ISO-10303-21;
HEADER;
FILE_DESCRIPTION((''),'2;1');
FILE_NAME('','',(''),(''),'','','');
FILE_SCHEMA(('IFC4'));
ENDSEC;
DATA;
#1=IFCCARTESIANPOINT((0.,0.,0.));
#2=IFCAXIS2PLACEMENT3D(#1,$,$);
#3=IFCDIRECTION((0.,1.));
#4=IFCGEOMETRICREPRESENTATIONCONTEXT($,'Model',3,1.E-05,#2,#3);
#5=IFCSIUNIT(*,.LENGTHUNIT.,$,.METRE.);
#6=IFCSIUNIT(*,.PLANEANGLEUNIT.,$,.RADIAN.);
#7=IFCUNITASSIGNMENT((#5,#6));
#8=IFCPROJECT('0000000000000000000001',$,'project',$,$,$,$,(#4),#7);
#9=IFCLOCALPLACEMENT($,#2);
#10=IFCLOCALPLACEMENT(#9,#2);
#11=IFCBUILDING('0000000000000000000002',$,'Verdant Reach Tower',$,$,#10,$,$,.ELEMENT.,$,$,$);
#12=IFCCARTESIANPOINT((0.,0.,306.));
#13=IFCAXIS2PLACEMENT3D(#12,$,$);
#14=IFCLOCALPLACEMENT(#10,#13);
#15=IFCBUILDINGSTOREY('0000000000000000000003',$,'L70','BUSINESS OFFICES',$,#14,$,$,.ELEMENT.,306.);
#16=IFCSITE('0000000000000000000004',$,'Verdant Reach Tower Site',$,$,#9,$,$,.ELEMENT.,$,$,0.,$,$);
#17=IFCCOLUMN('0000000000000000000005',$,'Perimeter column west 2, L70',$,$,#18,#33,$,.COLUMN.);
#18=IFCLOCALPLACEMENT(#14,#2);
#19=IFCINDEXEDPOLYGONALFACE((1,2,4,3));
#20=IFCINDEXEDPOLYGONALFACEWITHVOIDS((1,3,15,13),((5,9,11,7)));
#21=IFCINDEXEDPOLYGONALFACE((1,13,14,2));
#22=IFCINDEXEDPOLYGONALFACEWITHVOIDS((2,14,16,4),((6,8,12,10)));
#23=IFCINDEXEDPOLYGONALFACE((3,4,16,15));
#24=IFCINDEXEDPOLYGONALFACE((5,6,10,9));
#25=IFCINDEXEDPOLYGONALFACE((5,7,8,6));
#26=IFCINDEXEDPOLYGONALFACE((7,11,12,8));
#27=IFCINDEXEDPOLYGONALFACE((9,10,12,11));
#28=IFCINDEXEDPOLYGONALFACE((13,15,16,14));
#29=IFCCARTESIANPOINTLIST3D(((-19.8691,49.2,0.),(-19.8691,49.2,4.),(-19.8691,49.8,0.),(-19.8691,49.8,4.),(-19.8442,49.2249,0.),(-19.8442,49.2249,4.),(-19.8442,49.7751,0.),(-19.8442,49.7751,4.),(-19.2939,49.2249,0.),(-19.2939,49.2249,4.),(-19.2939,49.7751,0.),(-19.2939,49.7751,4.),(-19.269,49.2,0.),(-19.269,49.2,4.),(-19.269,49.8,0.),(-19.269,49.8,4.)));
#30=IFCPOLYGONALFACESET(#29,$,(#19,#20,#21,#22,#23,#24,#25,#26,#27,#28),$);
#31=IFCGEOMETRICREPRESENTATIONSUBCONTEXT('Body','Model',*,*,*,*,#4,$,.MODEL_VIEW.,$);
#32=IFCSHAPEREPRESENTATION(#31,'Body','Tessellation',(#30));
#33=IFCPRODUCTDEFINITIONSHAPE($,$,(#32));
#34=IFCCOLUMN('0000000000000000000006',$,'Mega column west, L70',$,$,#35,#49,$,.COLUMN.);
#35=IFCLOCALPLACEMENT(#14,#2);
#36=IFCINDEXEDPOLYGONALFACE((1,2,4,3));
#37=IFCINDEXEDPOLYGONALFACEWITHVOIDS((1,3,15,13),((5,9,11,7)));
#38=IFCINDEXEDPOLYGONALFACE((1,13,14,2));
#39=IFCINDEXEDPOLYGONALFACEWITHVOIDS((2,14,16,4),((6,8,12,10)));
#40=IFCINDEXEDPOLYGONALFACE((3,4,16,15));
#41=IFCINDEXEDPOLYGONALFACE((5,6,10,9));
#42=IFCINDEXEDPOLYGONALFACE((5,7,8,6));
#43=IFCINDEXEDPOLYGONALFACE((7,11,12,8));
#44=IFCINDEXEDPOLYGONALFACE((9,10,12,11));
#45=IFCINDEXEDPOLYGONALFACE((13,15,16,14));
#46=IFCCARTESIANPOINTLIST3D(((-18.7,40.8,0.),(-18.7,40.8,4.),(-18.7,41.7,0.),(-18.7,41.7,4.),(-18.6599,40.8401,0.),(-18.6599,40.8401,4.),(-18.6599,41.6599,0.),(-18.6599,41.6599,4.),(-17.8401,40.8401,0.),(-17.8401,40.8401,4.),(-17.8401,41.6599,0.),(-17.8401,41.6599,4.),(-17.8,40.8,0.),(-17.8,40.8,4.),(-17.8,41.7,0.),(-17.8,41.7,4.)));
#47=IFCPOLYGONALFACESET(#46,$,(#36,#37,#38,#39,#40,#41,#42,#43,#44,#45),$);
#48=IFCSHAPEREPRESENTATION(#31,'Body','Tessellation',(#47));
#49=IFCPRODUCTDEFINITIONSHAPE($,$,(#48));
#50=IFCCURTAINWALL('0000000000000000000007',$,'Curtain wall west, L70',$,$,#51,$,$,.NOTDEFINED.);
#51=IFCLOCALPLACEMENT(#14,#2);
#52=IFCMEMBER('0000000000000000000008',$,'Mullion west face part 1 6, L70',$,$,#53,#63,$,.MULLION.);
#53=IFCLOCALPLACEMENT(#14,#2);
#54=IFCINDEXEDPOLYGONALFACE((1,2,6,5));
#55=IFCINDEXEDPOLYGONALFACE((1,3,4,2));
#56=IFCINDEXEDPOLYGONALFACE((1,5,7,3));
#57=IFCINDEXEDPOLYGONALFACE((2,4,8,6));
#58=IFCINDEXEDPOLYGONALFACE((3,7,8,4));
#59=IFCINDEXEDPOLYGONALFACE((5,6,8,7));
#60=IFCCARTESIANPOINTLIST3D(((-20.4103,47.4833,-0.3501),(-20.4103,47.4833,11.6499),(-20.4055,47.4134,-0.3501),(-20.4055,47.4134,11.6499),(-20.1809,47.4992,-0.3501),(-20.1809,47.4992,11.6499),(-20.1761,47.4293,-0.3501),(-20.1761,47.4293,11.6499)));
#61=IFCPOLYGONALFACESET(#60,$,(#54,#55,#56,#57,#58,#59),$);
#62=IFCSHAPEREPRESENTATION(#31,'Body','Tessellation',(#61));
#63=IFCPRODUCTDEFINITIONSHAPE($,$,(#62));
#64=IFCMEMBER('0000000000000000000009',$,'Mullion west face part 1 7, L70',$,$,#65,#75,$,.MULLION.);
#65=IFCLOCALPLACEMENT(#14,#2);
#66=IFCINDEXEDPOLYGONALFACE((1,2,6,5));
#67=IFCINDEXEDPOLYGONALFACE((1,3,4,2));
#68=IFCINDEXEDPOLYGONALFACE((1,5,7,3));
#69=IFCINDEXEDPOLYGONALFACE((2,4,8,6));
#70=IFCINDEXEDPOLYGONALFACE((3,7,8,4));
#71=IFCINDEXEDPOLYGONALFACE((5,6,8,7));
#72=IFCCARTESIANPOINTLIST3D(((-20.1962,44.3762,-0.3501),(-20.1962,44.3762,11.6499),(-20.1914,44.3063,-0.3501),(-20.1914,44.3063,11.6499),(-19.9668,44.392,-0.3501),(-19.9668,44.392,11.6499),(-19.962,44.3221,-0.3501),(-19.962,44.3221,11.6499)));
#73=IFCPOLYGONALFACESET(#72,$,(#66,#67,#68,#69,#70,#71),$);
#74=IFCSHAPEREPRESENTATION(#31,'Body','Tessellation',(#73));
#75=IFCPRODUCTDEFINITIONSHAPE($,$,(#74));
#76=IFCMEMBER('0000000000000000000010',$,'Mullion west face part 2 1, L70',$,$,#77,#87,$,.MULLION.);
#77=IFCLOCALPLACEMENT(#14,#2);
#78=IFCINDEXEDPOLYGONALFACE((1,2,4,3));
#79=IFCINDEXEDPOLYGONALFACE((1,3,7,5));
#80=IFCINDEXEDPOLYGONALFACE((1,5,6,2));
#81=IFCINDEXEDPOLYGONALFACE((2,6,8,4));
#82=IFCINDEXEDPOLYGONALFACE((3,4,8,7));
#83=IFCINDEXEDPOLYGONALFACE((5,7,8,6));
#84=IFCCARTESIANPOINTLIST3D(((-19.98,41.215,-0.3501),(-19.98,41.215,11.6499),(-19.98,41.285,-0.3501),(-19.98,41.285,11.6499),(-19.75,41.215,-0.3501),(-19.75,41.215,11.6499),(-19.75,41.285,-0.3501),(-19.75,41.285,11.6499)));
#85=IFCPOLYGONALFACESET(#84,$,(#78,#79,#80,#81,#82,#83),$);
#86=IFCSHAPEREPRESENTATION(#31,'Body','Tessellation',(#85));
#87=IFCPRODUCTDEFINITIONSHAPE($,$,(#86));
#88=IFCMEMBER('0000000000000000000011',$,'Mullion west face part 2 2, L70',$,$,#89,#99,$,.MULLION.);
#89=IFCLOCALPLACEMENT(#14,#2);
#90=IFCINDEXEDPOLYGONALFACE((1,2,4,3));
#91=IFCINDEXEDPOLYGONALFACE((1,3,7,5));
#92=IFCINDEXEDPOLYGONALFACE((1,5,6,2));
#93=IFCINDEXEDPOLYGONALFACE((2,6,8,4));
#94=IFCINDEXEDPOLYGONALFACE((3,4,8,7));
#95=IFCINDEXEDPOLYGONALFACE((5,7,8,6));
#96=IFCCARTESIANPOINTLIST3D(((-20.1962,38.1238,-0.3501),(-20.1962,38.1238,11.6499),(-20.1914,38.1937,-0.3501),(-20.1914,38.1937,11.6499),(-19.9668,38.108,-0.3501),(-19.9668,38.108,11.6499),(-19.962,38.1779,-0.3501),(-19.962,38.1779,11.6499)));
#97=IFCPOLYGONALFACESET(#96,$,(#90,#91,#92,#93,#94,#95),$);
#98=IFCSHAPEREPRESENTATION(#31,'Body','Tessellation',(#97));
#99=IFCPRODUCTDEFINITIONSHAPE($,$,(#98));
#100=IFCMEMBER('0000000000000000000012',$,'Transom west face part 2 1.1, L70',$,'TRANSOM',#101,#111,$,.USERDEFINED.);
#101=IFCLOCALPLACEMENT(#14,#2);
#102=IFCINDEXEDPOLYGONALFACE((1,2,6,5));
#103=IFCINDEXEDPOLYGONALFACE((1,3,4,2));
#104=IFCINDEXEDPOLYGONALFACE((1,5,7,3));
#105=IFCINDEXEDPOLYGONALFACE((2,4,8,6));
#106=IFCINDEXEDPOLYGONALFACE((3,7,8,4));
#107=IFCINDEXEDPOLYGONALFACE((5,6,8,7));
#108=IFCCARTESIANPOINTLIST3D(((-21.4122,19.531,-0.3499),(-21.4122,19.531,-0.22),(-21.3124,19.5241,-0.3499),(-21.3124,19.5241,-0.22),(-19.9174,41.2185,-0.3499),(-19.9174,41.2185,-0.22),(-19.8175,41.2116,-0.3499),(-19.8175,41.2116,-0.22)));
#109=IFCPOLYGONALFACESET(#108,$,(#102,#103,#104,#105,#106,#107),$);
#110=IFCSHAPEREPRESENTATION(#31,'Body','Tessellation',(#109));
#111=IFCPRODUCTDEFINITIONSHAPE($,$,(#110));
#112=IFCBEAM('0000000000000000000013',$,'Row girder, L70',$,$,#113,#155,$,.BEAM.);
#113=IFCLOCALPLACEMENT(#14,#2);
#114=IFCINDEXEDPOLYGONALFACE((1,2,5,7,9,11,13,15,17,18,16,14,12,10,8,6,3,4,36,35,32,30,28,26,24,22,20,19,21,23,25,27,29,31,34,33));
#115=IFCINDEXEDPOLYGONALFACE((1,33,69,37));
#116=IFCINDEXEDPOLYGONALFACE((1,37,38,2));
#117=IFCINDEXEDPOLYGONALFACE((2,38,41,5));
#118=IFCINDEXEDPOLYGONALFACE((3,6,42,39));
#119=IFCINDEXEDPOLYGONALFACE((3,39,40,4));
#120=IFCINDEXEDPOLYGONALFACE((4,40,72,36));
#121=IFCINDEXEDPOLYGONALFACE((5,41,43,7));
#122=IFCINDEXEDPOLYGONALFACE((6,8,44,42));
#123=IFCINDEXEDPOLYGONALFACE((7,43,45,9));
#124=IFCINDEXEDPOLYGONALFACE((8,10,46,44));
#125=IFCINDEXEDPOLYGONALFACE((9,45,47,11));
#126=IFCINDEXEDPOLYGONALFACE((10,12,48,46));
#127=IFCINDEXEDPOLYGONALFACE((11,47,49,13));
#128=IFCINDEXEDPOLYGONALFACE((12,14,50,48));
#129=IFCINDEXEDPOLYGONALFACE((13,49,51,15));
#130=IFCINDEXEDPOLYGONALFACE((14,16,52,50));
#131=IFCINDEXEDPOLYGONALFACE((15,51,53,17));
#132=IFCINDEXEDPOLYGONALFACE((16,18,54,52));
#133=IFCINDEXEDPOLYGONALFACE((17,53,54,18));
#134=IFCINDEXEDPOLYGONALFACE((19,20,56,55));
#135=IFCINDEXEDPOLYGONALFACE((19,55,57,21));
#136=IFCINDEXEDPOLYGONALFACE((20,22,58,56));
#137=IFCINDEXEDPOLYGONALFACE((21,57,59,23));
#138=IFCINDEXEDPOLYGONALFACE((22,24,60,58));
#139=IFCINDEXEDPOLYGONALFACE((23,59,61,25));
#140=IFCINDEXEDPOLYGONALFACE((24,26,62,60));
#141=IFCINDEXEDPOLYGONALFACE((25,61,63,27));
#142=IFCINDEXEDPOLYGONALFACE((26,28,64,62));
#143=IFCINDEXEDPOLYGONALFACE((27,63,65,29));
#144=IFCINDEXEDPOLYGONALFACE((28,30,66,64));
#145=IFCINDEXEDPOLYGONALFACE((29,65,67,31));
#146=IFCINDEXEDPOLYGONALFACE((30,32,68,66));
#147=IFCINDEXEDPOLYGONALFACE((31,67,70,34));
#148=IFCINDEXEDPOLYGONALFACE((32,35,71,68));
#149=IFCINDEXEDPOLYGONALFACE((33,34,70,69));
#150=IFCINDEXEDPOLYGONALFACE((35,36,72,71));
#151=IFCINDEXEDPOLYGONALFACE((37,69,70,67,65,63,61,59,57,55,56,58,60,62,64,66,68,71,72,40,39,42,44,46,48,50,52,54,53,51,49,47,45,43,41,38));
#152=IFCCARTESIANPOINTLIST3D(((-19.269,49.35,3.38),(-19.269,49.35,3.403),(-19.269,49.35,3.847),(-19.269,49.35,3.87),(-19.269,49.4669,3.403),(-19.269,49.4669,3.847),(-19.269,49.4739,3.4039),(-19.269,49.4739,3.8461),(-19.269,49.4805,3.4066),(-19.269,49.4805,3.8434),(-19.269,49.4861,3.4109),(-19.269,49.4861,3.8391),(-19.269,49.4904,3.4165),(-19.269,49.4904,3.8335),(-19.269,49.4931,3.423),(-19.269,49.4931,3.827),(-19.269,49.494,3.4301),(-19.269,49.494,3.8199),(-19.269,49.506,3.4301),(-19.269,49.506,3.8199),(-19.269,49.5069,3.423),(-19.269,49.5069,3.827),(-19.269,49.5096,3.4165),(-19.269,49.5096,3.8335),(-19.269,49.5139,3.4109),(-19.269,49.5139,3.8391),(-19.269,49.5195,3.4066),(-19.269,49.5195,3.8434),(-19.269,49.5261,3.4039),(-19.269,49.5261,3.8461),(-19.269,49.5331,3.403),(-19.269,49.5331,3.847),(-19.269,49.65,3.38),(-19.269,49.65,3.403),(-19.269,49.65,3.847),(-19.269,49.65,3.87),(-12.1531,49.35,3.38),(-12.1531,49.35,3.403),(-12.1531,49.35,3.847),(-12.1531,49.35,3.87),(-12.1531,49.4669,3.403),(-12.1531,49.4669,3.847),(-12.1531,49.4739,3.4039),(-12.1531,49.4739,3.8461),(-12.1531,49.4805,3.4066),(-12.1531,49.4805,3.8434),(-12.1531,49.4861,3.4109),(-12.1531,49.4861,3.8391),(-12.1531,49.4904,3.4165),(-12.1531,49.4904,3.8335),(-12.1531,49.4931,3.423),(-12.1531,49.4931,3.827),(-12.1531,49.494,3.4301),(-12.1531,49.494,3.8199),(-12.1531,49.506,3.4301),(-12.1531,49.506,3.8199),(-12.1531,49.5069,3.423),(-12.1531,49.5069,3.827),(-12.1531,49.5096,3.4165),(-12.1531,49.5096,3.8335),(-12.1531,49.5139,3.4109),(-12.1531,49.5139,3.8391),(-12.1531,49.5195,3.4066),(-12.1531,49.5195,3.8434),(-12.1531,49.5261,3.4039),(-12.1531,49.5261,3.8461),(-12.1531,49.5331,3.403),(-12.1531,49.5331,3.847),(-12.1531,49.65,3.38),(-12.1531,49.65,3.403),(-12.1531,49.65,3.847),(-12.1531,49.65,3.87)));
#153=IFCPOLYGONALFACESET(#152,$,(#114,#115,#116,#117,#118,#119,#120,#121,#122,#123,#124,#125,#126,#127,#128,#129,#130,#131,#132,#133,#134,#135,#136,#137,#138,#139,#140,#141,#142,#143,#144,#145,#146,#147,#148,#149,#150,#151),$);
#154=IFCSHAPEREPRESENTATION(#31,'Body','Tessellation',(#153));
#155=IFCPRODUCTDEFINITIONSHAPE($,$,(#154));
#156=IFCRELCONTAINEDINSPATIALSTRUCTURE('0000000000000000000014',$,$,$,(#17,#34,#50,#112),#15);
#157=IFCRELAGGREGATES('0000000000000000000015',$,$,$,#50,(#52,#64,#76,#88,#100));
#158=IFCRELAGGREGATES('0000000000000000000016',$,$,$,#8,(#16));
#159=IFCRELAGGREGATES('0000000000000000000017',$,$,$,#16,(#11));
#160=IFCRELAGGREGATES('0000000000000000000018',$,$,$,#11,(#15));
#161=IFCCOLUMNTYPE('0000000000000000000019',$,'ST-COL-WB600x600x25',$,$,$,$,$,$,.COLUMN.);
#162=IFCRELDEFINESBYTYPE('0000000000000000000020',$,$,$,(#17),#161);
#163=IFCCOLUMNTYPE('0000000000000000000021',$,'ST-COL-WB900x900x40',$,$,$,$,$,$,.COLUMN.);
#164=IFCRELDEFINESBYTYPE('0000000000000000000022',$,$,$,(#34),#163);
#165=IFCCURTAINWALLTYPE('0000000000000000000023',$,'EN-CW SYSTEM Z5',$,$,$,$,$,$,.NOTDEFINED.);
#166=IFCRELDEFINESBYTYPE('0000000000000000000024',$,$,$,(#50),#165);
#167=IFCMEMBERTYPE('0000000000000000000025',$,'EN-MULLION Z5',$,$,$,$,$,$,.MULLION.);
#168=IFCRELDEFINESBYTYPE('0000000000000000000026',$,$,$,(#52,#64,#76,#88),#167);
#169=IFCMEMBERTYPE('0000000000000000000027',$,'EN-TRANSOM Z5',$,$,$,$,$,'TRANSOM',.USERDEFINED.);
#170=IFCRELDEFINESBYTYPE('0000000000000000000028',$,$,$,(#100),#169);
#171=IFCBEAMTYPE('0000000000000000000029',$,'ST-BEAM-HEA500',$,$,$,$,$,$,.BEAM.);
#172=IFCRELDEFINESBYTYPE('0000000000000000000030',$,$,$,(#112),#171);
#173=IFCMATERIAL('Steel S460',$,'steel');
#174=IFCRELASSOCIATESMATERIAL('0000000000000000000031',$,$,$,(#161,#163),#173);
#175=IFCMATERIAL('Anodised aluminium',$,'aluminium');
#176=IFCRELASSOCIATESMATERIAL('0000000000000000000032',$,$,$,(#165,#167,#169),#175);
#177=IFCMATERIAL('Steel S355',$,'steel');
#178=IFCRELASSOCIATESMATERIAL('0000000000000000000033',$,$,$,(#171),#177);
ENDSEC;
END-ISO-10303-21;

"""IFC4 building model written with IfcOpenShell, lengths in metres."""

from ifc_helpers import new_model, si_unit, direction, frame, origin, origin_2d, place, context, subcontext, project, spatial, rectangle, hollow_rectangle, i_section, extrude, material, material_profile, profile_set, type_object, element, aggregate, save


model = new_model("IFC4")

# Units and contexts
model_context = context("Model", 3, precision=1e-05, world=origin(), true_north=direction((0.0, 1.0)))
body_context = subcontext(model_context, "Body", "Model", "MODEL_VIEW")
ifc_project = project(units=[si_unit("LENGTHUNIT", "METRE"), si_unit("PLANEANGLEUNIT", "RADIAN")], contexts=[model_context])

# Site, building, storey
site_placement = place(None, origin())
site = spatial("IfcSite", under=ifc_project, at=site_placement, Name="Verdant Reach Tower Site", CompositionType="ELEMENT", RefElevation=0.0)
building_placement = place(site_placement, origin())
building = spatial("IfcBuilding", under=site, at=building_placement, Name="Verdant Reach Tower", CompositionType="ELEMENT")
storey_placement = place(building_placement, frame((0.0, 0.0, 306.0)))
storey = spatial("IfcBuildingStorey", under=building, at=storey_placement, Name="L70", Description="BUSINESS OFFICES", CompositionType="ELEMENT", Elevation=306.0)

# Columns
ifc_material_1 = material(Name="Steel S460", Category="steel")
ifc_material_profile_1 = material_profile(ifc_material_1, hollow_rectangle(XDim=0.6001, YDim=0.6001, WallThickness=0.0249, at=origin_2d()), Name="WB 600x600x25")
ifc_profile_set_1 = profile_set([ifc_material_profile_1], Name="Steel S460")
column_type_1 = type_object("IfcColumnType", Name="ST-COL-WB600x600x25", PredefinedType="COLUMN", material=ifc_profile_set_1)
column_1_placement = place(storey_placement, frame((-19.5691, 49.5, 0.0), z_axis=(0.0, 0.0, 1.0), x_axis=(1.0, 0.0, 0.0)))
element("IfcColumn", 1, at=column_1_placement, inside=storey, type_object=column_type_1, Name="Perimeter column west 2, L70", PredefinedType="COLUMN", context=body_context, shape_type="SweptSolid", body=[
    extrude(hollow_rectangle(XDim=0.6001, YDim=0.6001, WallThickness=0.0249, at=origin_2d()), origin(), (0.0, 0.0, 1.0), 4.0),
])
ifc_material_profile_2 = material_profile(ifc_material_1, hollow_rectangle(XDim=0.8999, YDim=0.8999, WallThickness=0.04, at=origin_2d()), Name="WB 900x900x40")
ifc_profile_set_2 = profile_set([ifc_material_profile_2], Name="Steel S460")
column_type_2 = type_object("IfcColumnType", Name="ST-COL-WB900x900x40", PredefinedType="COLUMN", material=ifc_profile_set_2)
column_2_placement = place(storey_placement, frame((-18.25, 41.25, 0.0), z_axis=(0.0, 0.0, 1.0), x_axis=(1.0, 0.0, 0.0)))
element("IfcColumn", 2, at=column_2_placement, inside=storey, type_object=column_type_2, Name="Mega column west, L70", PredefinedType="COLUMN", context=body_context, shape_type="SweptSolid", body=[
    extrude(hollow_rectangle(XDim=0.8999, YDim=0.8999, WallThickness=0.04, at=origin_2d()), origin(), (0.0, 0.0, 1.0), 4.0),
])

# Curtain wall, members
ifc_material_2 = material(Name="Anodised aluminium", Category="aluminium")
curtain_wall_type = type_object("IfcCurtainWallType", Name="EN-CW SYSTEM Z5", PredefinedType="NOTDEFINED", material=ifc_material_2)
curtain_wall_placement = place(storey_placement, origin())
curtain_wall = element("IfcCurtainWall", 3, at=curtain_wall_placement, inside=storey, type_object=curtain_wall_type, Name="Curtain wall west, L70", PredefinedType="NOTDEFINED")
ifc_material_profile_3 = material_profile(ifc_material_2, rectangle(XDim=0.23, YDim=0.0701, at=origin_2d()), Name="Mullion 70x230")
ifc_profile_set_3 = profile_set([ifc_material_profile_3], Name="Anodised aluminium")
member_type_1 = type_object("IfcMemberType", Name="EN-MULLION Z5", PredefinedType="MULLION", material=ifc_profile_set_3)
member_1_placement = place(storey_placement, frame((-20.2932, 47.4563, -0.3501), z_axis=(0.0, 0.0, 1.0), x_axis=(-0.99763, -0.068802, 0.0)))
member_1 = element("IfcMember", 4, at=member_1_placement, type_object=member_type_1, Name="Mullion west face part 1 6, L70", PredefinedType="MULLION", context=body_context, shape_type="SweptSolid", body=[
    extrude(rectangle(XDim=0.23, YDim=0.0701, at=origin_2d()), origin(), (0.0, 0.0, 1.0), 12.0),
])
member_2_placement = place(storey_placement, frame((-20.0791, 44.3491, -0.3501), z_axis=(0.0, 0.0, 1.0), x_axis=(-0.99763, -0.068802, 0.0)))
member_2 = element("IfcMember", 5, at=member_2_placement, type_object=member_type_1, Name="Mullion west face part 1 7, L70", PredefinedType="MULLION", context=body_context, shape_type="SweptSolid", body=[
    extrude(rectangle(XDim=0.23, YDim=0.0701, at=origin_2d()), origin(), (0.0, 0.0, 1.0), 12.0),
])
member_3_placement = place(storey_placement, frame((-19.865, 41.25, -0.3501), z_axis=(0.0, 0.0, 1.0), x_axis=(-1.0, 0.0, 0.0)))
member_3 = element("IfcMember", 6, at=member_3_placement, type_object=member_type_1, Name="Mullion west face part 2 1, L70", PredefinedType="MULLION", context=body_context, shape_type="SweptSolid", body=[
    extrude(rectangle(XDim=0.23, YDim=0.0701, at=origin_2d()), origin(), (0.0, 0.0, 1.0), 12.0),
])
member_4_placement = place(storey_placement, frame((-20.0791, 38.1509, -0.3501), z_axis=(0.0, 0.0, 1.0), x_axis=(-0.99763, 0.068802, 0.0)))
member_4 = element("IfcMember", 7, at=member_4_placement, type_object=member_type_1, Name="Mullion west face part 2 2, L70", PredefinedType="MULLION", context=body_context, shape_type="SweptSolid", body=[
    extrude(rectangle(XDim=0.23, YDim=0.0701, at=origin_2d()), origin(), (0.0, 0.0, 1.0), 12.0),
])
ifc_material_profile_4 = material_profile(ifc_material_2, rectangle(XDim=0.1001, YDim=0.1299, at=origin_2d()), Name="Transom 130x100")
ifc_profile_set_4 = profile_set([ifc_material_profile_4], Name="Anodised aluminium")
member_type_2 = type_object("IfcMemberType", Name="EN-TRANSOM Z5", ElementType="TRANSOM", PredefinedType="USERDEFINED", material=ifc_profile_set_4)
member_5_placement = place(storey_placement, frame((-19.8674, 41.2151, -0.2849), z_axis=(-0.068765, -0.997633, 0.0), x_axis=(0.997633, -0.068765, 0.0)))
member_5 = element("IfcMember", 8, at=member_5_placement, type_object=member_type_2, Name="Transom west face part 2 1.1, L70", ObjectType="TRANSOM", PredefinedType="USERDEFINED", context=body_context, shape_type="SweptSolid", body=[
    extrude(rectangle(XDim=0.1001, YDim=0.1299, at=origin_2d()), origin(), (0.0, 0.0, 1.0), 21.739),
])

# Beam
ifc_material_3 = material(Name="Steel S355", Category="steel")
ifc_material_profile_5 = material_profile(ifc_material_3, i_section(OverallWidth=0.3, OverallDepth=0.49, WebThickness=0.012, FlangeThickness=0.0229, FilletRadius=0.0271, at=origin_2d()), Name="HEA 500")
ifc_profile_set_5 = profile_set([ifc_material_profile_5], Name="Steel S355")
beam_type_1 = type_object("IfcBeamType", Name="ST-BEAM-HEA500", PredefinedType="BEAM", material=ifc_profile_set_5)
beam_1_placement = place(storey_placement, frame((-19.269, 49.5, 3.625), z_axis=(1.0, 0.0, 0.0), x_axis=(0.0, 1.0, 0.0)))
element("IfcBeam", 9, at=beam_1_placement, inside=storey, type_object=beam_type_1, Name="Row girder, L70", PredefinedType="BEAM", context=body_context, shape_type="SweptSolid", body=[
    extrude(i_section(OverallWidth=0.3, OverallDepth=0.49, WebThickness=0.012, FlangeThickness=0.0229, FilletRadius=0.0271, at=origin_2d()), origin(), (0.0, 0.0, 1.0), 7.116),
])

aggregate(curtain_wall, [member_1, member_2, member_3, member_4, member_5])

save(model, "model.ifc")
